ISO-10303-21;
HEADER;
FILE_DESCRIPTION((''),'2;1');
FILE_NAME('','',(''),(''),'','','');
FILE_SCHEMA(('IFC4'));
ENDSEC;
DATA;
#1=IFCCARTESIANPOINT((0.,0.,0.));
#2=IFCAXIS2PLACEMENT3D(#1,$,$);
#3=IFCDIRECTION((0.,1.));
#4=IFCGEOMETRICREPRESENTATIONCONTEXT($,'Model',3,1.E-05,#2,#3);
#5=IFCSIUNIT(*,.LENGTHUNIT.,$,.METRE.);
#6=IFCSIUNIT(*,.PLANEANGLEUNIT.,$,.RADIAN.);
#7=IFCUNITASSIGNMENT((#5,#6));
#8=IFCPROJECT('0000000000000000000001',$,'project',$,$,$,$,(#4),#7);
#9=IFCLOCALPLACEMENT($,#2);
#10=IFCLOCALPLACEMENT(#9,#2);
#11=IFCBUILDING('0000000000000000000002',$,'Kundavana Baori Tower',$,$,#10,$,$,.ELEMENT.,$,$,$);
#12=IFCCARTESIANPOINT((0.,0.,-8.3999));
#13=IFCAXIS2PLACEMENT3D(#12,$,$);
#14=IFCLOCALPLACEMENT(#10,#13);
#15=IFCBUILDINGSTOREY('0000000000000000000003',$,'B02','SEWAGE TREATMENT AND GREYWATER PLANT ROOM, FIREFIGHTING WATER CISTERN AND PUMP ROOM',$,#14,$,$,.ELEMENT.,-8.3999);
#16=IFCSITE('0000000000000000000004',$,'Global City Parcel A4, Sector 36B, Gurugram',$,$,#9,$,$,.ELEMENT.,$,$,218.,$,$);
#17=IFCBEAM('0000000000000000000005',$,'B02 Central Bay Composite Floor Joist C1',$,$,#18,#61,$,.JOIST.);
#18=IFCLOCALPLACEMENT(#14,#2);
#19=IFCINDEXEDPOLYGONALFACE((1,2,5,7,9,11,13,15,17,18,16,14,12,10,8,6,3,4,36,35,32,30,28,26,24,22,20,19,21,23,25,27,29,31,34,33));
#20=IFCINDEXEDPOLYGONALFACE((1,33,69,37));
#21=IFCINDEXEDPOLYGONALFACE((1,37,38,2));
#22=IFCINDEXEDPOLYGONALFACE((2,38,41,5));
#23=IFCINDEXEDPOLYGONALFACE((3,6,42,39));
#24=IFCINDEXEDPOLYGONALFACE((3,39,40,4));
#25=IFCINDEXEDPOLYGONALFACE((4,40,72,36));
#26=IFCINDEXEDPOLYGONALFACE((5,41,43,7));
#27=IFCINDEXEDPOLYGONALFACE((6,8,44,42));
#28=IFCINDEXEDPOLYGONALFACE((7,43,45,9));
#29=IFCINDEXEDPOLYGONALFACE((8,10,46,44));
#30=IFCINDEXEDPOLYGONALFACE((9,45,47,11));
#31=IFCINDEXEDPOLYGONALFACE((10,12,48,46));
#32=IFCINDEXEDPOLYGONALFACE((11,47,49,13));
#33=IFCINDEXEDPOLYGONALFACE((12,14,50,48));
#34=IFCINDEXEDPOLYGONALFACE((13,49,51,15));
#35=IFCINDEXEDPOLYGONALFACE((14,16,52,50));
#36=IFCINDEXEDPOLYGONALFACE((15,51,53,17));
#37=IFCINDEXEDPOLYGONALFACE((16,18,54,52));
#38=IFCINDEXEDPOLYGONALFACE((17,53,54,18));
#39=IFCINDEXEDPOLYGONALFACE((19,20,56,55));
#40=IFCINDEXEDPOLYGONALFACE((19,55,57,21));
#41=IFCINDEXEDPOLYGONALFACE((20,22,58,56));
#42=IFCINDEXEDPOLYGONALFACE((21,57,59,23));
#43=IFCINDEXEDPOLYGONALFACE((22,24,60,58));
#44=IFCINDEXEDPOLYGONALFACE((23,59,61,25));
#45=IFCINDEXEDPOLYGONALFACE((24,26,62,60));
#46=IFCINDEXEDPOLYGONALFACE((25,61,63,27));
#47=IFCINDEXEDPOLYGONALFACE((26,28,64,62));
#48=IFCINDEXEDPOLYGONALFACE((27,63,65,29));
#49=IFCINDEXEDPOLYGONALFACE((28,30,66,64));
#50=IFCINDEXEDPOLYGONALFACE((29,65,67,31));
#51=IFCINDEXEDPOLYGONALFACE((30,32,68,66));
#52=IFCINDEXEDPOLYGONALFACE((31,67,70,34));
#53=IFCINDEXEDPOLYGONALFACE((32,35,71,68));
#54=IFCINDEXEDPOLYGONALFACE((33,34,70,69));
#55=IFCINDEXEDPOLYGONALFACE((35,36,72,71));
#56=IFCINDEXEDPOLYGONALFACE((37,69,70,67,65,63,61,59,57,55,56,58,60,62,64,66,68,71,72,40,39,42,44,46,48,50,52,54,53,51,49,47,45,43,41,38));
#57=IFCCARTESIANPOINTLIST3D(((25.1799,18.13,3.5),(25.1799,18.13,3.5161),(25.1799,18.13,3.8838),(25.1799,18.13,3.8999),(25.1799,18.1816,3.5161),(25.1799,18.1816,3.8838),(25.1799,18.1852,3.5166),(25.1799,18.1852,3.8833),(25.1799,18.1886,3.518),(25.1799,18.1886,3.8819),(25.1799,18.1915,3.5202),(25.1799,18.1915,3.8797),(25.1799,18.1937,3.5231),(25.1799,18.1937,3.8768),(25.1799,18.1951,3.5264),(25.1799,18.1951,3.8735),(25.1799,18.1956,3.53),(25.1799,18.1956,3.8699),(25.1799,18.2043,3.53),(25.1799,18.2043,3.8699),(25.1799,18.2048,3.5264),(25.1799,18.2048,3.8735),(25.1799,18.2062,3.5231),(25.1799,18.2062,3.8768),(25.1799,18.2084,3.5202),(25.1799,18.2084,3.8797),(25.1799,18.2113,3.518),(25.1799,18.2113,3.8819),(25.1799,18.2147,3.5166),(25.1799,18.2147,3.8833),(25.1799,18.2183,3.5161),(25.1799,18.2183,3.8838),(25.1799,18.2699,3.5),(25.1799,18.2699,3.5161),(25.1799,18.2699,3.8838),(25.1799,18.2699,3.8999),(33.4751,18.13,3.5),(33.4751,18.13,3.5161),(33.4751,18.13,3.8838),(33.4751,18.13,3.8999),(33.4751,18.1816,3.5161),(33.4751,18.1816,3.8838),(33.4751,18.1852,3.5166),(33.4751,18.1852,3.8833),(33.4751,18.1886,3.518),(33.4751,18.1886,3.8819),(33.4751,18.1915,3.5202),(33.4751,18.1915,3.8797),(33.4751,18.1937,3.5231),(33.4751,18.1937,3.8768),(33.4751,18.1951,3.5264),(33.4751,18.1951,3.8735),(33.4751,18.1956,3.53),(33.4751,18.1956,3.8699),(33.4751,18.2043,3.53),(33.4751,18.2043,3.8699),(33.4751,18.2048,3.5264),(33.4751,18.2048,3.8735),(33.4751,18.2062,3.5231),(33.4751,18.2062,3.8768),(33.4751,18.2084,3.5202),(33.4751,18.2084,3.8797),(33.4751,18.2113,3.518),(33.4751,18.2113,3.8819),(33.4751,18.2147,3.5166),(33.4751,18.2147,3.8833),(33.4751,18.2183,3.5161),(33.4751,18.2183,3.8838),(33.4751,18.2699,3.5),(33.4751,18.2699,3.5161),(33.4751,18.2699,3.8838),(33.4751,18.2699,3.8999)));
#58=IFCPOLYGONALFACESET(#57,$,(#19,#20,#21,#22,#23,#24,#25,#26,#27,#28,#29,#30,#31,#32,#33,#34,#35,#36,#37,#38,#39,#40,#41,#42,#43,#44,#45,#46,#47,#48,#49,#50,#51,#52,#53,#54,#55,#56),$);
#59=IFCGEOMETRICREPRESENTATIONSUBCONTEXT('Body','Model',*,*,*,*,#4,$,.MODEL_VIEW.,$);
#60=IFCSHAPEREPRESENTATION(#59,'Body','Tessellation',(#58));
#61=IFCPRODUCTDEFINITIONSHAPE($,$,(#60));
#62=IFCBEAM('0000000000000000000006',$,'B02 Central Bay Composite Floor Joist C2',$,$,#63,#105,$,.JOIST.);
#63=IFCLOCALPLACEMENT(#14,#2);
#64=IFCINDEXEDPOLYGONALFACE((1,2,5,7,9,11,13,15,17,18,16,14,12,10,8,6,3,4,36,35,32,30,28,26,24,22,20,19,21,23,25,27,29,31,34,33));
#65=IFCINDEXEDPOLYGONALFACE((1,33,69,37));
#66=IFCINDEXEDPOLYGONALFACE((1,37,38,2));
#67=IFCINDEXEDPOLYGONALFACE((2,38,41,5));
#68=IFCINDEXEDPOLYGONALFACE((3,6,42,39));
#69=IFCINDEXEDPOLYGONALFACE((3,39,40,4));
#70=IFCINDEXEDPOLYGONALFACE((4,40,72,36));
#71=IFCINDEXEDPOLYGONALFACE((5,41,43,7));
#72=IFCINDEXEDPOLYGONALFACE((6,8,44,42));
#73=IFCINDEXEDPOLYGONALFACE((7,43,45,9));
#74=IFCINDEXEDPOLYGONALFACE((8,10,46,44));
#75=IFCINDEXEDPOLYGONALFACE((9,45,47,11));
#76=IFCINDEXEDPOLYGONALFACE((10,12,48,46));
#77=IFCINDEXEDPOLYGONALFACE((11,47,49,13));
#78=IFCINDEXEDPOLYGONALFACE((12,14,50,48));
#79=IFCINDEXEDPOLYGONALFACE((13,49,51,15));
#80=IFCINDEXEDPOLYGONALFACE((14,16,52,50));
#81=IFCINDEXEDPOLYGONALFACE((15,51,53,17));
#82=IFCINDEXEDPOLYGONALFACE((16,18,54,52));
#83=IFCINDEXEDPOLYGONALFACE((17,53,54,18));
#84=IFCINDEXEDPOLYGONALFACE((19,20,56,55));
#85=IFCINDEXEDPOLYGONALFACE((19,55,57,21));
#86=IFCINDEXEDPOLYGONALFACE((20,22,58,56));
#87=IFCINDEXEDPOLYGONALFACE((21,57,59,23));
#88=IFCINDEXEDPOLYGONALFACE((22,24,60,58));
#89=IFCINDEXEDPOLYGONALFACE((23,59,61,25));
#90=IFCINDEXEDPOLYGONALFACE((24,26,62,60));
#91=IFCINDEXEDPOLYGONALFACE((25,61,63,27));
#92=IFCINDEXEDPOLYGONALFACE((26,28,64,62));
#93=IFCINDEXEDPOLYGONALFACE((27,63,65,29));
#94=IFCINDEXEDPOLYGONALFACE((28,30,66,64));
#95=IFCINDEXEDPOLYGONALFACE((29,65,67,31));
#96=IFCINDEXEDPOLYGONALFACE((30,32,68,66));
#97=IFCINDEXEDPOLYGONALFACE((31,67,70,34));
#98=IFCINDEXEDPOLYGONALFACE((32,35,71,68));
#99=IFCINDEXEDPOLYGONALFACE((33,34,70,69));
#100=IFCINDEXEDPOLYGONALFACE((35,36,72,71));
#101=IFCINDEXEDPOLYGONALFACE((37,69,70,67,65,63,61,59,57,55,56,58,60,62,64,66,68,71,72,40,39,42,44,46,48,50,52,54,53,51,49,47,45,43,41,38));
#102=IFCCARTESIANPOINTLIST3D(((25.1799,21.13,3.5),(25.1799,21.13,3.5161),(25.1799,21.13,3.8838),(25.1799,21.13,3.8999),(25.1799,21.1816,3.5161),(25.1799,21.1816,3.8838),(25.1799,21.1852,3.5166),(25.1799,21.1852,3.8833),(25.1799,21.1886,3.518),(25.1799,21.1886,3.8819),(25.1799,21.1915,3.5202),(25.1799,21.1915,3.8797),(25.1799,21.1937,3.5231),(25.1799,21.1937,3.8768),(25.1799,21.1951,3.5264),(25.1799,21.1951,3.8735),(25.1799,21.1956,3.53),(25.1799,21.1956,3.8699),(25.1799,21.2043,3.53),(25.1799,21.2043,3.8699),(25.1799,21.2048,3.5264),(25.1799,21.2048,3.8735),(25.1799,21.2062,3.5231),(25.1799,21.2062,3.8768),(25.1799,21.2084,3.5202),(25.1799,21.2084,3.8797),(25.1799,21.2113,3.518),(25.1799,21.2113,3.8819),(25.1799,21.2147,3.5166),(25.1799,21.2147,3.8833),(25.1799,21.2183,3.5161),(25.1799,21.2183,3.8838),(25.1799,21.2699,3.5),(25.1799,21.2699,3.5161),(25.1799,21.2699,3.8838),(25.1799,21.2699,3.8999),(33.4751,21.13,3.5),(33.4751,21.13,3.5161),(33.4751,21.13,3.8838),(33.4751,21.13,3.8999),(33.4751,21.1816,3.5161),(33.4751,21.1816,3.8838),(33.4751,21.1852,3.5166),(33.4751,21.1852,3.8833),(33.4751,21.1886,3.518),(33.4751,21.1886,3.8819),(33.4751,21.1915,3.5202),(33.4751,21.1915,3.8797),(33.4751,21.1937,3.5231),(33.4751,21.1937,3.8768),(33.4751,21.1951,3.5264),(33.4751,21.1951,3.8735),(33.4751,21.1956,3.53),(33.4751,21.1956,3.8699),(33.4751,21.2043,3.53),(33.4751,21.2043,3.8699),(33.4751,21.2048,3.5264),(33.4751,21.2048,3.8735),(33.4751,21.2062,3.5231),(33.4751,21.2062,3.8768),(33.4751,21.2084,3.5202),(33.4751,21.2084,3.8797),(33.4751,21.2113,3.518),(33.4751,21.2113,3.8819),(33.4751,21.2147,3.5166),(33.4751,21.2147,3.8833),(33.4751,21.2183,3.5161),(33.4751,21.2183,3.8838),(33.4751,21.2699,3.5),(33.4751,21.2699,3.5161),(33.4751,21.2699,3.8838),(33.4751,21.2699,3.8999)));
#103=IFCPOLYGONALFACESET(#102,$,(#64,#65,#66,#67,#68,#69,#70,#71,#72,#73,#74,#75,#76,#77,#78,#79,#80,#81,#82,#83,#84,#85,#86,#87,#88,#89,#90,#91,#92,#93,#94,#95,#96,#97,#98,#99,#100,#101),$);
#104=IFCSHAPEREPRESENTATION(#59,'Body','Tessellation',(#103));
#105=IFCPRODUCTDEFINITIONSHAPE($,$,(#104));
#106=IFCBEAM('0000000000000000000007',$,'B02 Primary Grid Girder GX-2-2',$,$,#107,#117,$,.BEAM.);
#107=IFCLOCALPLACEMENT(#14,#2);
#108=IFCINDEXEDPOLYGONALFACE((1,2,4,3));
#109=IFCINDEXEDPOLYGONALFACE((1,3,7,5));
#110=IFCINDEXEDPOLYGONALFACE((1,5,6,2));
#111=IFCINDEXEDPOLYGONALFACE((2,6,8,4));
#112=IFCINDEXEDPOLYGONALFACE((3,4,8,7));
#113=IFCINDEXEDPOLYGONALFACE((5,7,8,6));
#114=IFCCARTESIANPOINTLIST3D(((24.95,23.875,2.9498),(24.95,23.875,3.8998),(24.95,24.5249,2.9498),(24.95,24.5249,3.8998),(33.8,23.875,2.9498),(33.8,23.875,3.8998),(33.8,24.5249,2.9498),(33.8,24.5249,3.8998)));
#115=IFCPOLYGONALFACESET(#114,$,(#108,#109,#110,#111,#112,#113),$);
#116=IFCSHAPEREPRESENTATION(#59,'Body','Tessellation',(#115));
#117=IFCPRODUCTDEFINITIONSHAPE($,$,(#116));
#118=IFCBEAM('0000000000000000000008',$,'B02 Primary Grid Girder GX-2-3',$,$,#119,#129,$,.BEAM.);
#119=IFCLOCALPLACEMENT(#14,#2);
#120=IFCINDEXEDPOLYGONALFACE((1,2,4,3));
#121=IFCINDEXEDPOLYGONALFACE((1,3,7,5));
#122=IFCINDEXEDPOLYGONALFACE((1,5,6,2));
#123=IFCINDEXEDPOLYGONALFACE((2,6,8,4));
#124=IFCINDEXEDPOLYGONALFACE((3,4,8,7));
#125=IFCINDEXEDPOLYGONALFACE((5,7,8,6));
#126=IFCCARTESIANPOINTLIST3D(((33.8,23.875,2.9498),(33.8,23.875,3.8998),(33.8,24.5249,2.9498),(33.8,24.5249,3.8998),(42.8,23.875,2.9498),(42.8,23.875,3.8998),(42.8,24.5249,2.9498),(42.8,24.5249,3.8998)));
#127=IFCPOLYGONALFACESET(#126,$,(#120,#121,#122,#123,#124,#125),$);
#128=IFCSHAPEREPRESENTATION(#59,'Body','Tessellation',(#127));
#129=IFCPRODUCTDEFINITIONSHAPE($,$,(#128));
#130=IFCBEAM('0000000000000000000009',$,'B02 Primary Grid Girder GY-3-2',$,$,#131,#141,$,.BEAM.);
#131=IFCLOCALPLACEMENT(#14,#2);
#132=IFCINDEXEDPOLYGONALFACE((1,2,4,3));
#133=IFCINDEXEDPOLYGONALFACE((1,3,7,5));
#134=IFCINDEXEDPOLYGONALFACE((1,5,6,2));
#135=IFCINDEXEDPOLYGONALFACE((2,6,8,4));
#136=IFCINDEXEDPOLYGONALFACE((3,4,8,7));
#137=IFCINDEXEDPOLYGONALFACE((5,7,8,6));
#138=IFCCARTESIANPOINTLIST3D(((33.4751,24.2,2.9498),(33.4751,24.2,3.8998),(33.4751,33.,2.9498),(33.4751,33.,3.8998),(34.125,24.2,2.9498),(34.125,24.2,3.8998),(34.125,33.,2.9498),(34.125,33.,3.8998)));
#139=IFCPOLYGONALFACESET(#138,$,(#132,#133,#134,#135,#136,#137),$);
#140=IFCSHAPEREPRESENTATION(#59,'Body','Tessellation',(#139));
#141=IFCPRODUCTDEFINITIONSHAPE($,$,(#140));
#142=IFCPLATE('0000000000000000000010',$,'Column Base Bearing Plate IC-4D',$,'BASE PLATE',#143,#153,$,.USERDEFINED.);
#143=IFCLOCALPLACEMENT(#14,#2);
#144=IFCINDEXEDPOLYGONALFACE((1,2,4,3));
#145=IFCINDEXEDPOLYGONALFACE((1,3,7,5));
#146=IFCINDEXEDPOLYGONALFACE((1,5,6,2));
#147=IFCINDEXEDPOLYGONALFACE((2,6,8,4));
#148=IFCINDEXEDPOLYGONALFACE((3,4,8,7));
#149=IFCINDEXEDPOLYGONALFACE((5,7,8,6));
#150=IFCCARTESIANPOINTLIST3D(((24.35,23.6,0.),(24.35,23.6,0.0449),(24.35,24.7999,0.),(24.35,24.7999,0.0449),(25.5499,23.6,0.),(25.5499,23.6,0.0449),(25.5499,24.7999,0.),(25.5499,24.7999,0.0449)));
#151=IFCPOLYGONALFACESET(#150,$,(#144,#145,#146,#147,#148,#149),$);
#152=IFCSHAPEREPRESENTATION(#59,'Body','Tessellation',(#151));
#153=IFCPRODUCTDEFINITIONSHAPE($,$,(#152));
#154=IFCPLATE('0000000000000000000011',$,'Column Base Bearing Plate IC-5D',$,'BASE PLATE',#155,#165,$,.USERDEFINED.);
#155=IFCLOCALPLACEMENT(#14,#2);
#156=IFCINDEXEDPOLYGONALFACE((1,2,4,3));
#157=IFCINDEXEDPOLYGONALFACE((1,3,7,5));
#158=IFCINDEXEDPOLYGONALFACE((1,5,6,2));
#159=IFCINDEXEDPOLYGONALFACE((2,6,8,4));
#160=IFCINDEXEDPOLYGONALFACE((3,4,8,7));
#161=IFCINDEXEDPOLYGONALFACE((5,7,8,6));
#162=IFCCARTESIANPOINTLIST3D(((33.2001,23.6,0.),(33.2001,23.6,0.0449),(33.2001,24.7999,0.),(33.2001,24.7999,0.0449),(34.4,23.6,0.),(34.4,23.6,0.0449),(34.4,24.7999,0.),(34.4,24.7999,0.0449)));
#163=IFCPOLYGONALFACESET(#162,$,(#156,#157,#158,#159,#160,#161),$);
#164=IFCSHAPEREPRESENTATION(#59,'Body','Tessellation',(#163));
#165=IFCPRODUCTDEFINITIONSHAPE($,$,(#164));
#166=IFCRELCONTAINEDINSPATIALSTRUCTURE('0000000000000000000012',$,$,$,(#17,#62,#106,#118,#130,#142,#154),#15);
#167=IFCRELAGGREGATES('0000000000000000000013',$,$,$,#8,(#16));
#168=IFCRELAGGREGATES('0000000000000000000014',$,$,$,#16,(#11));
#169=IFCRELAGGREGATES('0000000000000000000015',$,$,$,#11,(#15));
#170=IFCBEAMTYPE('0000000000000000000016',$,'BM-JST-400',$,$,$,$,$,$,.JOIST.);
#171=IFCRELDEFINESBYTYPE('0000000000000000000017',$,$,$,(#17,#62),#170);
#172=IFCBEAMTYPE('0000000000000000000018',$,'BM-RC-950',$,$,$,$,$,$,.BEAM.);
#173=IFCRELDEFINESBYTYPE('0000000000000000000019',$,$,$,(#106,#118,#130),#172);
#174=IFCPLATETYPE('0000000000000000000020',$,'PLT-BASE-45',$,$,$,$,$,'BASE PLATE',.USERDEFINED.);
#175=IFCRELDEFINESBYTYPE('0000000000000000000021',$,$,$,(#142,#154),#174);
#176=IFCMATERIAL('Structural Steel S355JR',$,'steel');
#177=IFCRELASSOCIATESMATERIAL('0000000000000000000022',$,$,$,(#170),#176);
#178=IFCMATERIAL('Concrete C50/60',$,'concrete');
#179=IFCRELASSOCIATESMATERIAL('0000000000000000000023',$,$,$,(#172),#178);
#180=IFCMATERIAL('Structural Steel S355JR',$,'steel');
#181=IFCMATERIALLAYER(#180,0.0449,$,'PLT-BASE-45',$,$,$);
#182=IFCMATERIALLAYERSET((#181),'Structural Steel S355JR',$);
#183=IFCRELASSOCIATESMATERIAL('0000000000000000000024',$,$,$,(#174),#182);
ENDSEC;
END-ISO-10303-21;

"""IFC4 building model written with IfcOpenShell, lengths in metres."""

from ifc_helpers import new_model, si_unit, direction, frame, origin, origin_2d, place, context, subcontext, project, spatial, rectangle, i_section, extrude, material, layer, layer_set, material_profile, profile_set, type_object, element, save


model = new_model("IFC4")

# Units and contexts
model_context = context("Model", 3, precision=1e-05, world=origin(), true_north=direction((0.0, 1.0)))
body_context = subcontext(model_context, "Body", "Model", "MODEL_VIEW")
ifc_project = project(units=[si_unit("LENGTHUNIT", "METRE"), si_unit("PLANEANGLEUNIT", "RADIAN")], contexts=[model_context])

# Site, building, storey
site_placement = place(None, origin())
site = spatial("IfcSite", under=ifc_project, at=site_placement, Name="Global City Parcel A4, Sector 36B, Gurugram", CompositionType="ELEMENT", RefElevation=218.0)
building_placement = place(site_placement, origin())
building = spatial("IfcBuilding", under=site, at=building_placement, Name="Kundavana Baori Tower", CompositionType="ELEMENT")
storey_placement = place(building_placement, frame((0.0, 0.0, -8.3999)))
storey = spatial("IfcBuildingStorey", under=building, at=storey_placement, Name="B02", Description="SEWAGE TREATMENT AND GREYWATER PLANT ROOM, FIREFIGHTING WATER CISTERN AND PUMP ROOM", CompositionType="ELEMENT", Elevation=-8.3999)

# Beams
ifc_material_1 = material(Name="Structural Steel S355JR", Category="steel")
ifc_material_profile_1 = material_profile(ifc_material_1, i_section(OverallWidth=0.1399, OverallDepth=0.3999, WebThickness=0.0088, FlangeThickness=0.0161, FilletRadius=0.0139, at=origin_2d()), Name="ISMB 400")
ifc_profile_set_1 = profile_set([ifc_material_profile_1], Name="Structural Steel S355JR")
beam_type_1 = type_object("IfcBeamType", Name="BM-JST-400", PredefinedType="JOIST", material=ifc_profile_set_1)
for number, where, z_axis, x_axis, name in (
    (1, (25.1799, 18.2, 3.7), (1.0, 0.0, 0.0), (0.0, 1.0, 0.0), "B02 Central Bay Composite Floor Joist C1"),
    (2, (25.1799, 21.2, 3.7), (1.0, 0.0, 0.0), (0.0, 1.0, 0.0), "B02 Central Bay Composite Floor Joist C2"),
):
    element("IfcBeam", number, at=place(storey_placement, frame(where, z_axis=z_axis, x_axis=x_axis)), inside=storey, type_object=beam_type_1, Name=name, PredefinedType="JOIST", context=body_context, shape_type="SweptSolid", body=[
        extrude(i_section(OverallWidth=0.1399, OverallDepth=0.3999, WebThickness=0.0088, FlangeThickness=0.0161, FilletRadius=0.0139, at=origin_2d()), origin(), (0.0, 0.0, 1.0), 8.2952),
    ])
ifc_material_2 = material(Name="Concrete C50/60", Category="concrete")
ifc_material_profile_2 = material_profile(ifc_material_2, rectangle(XDim=0.6499, YDim=0.95, at=origin_2d()), Name="RC BM 650x950")
ifc_profile_set_2 = profile_set([ifc_material_profile_2], Name="Concrete C50/60")
beam_type_2 = type_object("IfcBeamType", Name="BM-RC-950", PredefinedType="BEAM", material=ifc_profile_set_2)
beam_1_placement = place(storey_placement, frame((24.95, 24.2, 3.4248), z_axis=(1.0, 0.0, 0.0), x_axis=(0.0, 1.0, 0.0)))
element("IfcBeam", 3, at=beam_1_placement, inside=storey, type_object=beam_type_2, Name="B02 Primary Grid Girder GX-2-2", PredefinedType="BEAM", context=body_context, shape_type="SweptSolid", body=[
    extrude(rectangle(XDim=0.6499, YDim=0.95, at=origin_2d()), origin(), (0.0, 0.0, 1.0), 8.8501),
])
beam_2_placement = place(storey_placement, frame((33.8, 24.2, 3.4248), z_axis=(1.0, 0.0, 0.0), x_axis=(0.0, 1.0, 0.0)))
element("IfcBeam", 4, at=beam_2_placement, inside=storey, type_object=beam_type_2, Name="B02 Primary Grid Girder GX-2-3", PredefinedType="BEAM", context=body_context, shape_type="SweptSolid", body=[
    extrude(rectangle(XDim=0.6499, YDim=0.95, at=origin_2d()), origin(), (0.0, 0.0, 1.0), 9.0),
])
beam_3_placement = place(storey_placement, frame((33.8, 24.2, 3.4248), z_axis=(0.0, 1.0, 0.0), x_axis=(-1.0, 0.0, 0.0)))
element("IfcBeam", 5, at=beam_3_placement, inside=storey, type_object=beam_type_2, Name="B02 Primary Grid Girder GY-3-2", PredefinedType="BEAM", context=body_context, shape_type="SweptSolid", body=[
    extrude(rectangle(XDim=0.6499, YDim=0.95, at=origin_2d()), origin(), (0.0, 0.0, 1.0), 8.8),
])

# Plates
ifc_material_3 = material(Name="Structural Steel S355JR", Category="steel")
ifc_layer_1 = layer(ifc_material_3, 0.0449, Name="PLT-BASE-45")
ifc_layer_set_1 = layer_set([ifc_layer_1], Name="Structural Steel S355JR")
plate_type = type_object("IfcPlateType", Name="PLT-BASE-45", ElementType="BASE PLATE", PredefinedType="USERDEFINED", material=ifc_layer_set_1)
for number, where, z_axis, x_axis, name in (
    (6, (24.95, 24.2, 0.0), (0.0, 0.0, 1.0), (1.0, 0.0, 0.0), "Column Base Bearing Plate IC-4D"),
    (7, (33.8, 24.2, 0.0), (0.0, 0.0, 1.0), (1.0, 0.0, 0.0), "Column Base Bearing Plate IC-5D"),
):
    element("IfcPlate", number, at=place(storey_placement, frame(where, z_axis=z_axis, x_axis=x_axis)), inside=storey, type_object=plate_type, Name=name, ObjectType="BASE PLATE", PredefinedType="USERDEFINED", context=body_context, shape_type="SweptSolid", body=[
        extrude(rectangle(XDim=1.2, YDim=1.2, at=origin_2d()), origin(), (0.0, 0.0, 1.0), 0.0449),
    ])

save(model, "model.ifc")
